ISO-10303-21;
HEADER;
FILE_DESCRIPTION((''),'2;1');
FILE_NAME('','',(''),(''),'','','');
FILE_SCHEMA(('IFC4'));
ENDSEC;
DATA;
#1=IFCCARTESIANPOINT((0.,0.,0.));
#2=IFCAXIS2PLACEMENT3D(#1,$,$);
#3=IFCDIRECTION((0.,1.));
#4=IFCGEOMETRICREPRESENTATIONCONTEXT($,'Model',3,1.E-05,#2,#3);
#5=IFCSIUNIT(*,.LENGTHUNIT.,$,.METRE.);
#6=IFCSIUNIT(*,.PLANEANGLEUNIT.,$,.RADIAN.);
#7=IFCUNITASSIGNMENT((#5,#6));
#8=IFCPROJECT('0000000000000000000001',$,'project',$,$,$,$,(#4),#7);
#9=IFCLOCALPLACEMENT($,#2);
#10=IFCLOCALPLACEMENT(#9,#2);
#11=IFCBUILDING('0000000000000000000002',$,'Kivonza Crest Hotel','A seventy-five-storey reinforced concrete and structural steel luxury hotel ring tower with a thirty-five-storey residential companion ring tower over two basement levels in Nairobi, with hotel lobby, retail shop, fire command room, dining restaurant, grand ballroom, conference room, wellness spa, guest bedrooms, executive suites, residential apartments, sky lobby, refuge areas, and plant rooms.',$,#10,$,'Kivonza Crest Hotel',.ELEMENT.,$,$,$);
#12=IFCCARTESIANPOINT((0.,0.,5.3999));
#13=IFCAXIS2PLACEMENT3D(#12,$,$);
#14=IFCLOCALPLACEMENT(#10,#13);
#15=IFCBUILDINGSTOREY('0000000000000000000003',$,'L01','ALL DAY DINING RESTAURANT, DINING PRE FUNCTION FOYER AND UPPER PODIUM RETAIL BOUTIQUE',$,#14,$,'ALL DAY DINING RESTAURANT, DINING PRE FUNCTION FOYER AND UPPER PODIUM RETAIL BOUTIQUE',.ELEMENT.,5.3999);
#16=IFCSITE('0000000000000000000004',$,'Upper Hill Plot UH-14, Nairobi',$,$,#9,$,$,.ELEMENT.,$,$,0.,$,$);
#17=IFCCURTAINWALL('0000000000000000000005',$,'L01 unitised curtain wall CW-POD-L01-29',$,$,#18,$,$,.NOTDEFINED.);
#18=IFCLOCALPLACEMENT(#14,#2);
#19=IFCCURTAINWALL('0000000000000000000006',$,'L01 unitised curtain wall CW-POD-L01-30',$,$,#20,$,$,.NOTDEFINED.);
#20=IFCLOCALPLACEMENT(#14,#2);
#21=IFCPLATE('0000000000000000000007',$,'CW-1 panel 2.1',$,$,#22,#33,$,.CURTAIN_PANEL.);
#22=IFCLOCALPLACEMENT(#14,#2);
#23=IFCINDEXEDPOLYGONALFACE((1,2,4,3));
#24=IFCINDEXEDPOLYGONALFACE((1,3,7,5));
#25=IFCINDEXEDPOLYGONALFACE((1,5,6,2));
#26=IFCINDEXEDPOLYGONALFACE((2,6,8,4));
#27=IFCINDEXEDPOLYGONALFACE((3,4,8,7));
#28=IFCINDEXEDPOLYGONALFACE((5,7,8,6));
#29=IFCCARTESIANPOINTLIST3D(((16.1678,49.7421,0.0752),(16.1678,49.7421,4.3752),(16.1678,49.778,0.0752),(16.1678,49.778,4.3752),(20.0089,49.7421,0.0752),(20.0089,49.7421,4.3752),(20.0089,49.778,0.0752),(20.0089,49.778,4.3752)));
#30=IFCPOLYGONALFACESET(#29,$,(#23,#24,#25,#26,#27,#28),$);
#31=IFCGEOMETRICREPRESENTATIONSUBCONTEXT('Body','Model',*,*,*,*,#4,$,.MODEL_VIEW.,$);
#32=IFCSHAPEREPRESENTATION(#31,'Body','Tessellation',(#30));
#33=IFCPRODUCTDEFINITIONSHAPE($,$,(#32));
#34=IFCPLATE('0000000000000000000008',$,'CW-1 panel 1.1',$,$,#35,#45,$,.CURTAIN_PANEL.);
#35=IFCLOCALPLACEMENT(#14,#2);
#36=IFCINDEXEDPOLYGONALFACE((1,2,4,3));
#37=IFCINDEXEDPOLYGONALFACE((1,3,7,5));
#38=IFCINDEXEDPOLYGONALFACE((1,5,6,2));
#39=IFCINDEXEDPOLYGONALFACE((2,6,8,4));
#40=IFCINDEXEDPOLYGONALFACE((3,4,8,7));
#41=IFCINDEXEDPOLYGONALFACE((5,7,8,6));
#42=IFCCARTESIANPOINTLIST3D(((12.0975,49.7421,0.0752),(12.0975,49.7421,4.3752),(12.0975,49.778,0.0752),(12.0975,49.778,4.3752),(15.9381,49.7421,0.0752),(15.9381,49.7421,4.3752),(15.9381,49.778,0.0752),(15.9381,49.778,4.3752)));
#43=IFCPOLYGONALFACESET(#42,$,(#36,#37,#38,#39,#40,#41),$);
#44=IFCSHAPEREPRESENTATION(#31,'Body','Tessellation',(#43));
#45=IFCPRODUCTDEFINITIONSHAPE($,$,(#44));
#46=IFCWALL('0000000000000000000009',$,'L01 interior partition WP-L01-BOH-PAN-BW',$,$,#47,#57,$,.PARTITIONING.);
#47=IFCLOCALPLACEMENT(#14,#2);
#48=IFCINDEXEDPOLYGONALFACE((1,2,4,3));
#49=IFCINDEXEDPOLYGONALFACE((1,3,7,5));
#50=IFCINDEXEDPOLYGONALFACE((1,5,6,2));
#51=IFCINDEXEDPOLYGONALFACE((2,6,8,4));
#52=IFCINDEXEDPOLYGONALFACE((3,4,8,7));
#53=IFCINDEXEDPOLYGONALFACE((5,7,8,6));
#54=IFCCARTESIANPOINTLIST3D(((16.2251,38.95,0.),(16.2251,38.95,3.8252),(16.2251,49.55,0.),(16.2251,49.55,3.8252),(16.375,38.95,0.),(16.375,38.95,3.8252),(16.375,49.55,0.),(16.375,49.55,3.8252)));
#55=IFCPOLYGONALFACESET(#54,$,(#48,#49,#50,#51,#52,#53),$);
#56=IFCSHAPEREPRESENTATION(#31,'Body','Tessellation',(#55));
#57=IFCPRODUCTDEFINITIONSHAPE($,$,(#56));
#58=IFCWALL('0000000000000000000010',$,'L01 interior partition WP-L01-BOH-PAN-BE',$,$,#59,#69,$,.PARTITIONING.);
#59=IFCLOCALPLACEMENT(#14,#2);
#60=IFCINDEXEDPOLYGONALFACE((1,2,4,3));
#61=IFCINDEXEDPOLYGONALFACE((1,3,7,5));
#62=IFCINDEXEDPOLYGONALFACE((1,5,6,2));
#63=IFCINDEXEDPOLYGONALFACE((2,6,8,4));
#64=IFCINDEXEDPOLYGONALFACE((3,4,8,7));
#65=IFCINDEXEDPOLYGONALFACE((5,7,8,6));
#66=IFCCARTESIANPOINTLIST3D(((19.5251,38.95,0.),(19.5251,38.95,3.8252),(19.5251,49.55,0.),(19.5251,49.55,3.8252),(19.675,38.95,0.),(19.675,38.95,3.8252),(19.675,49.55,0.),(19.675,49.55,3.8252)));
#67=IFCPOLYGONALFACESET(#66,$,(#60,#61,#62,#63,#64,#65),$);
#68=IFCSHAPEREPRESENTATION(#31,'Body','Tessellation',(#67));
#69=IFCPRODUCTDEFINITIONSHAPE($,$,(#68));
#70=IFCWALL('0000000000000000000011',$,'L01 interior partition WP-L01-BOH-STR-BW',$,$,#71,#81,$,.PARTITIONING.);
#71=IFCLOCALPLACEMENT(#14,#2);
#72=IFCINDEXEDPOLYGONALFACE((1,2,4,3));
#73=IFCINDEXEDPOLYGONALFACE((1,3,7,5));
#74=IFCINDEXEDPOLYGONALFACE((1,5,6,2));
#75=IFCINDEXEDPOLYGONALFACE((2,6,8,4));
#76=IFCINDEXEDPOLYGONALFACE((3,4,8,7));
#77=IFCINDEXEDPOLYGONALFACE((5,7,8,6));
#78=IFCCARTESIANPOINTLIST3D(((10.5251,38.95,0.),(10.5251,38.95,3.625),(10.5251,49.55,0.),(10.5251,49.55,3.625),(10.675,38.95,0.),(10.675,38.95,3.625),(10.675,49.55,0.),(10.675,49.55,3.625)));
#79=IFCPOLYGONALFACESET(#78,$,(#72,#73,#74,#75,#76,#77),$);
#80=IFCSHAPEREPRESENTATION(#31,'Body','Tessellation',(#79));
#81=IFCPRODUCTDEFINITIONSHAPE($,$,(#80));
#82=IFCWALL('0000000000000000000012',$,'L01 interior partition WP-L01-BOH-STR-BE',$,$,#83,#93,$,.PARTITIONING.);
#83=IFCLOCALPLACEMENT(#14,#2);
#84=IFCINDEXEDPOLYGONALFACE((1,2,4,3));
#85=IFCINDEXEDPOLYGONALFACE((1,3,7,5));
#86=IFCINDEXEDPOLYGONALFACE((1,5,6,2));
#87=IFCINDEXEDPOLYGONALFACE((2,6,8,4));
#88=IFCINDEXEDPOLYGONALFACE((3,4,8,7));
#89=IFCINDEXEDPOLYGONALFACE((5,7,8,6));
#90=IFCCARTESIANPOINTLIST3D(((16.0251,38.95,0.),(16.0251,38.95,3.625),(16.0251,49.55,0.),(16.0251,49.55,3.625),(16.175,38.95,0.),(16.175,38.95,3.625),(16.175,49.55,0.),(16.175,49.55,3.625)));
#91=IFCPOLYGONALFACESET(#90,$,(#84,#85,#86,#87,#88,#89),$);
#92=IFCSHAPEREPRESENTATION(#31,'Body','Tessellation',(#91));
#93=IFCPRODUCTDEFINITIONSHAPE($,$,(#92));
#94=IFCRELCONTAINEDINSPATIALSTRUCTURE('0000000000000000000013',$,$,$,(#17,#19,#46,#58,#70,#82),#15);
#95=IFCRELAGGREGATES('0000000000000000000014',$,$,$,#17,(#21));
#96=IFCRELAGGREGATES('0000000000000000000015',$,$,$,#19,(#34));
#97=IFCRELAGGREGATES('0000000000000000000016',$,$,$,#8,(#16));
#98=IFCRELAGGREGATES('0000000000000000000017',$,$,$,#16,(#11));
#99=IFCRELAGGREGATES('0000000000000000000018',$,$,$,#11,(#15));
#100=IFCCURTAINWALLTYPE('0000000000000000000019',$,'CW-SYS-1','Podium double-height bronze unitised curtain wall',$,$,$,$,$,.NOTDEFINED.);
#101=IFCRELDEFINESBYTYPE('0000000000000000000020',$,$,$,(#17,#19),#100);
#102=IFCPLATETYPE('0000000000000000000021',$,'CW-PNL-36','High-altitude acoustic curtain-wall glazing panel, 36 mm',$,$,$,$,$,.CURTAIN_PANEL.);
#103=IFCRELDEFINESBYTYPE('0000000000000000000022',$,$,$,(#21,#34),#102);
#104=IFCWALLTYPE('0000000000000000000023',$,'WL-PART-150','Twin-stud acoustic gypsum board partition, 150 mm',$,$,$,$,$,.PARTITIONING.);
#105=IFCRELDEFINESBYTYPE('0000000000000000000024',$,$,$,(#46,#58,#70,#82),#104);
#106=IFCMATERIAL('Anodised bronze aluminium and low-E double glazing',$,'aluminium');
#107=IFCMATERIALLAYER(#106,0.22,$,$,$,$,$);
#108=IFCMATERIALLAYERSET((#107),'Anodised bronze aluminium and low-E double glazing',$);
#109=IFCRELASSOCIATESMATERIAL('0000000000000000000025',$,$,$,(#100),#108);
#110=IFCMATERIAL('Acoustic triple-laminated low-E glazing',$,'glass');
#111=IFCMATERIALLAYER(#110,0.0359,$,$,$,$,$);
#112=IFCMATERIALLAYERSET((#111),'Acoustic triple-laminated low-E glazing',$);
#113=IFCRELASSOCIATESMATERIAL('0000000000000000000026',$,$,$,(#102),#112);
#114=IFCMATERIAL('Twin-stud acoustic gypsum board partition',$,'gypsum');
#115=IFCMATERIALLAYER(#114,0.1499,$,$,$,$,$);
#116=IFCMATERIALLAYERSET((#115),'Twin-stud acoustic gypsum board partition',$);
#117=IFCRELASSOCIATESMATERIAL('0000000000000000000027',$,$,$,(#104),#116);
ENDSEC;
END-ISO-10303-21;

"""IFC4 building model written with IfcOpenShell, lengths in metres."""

from ifc_helpers import new_model, si_unit, direction, frame, frame_2d, origin, origin_2d, place, context, subcontext, project, spatial, rectangle, extrude, material, layer, layer_set, type_object, element, aggregate, save


model = new_model("IFC4")

# Units and contexts
model_context = context("Model", 3, precision=1e-05, world=origin(), true_north=direction((0.0, 1.0)))
body_context = subcontext(model_context, "Body", "Model", "MODEL_VIEW")
ifc_project = project(units=[si_unit("LENGTHUNIT", "METRE"), si_unit("PLANEANGLEUNIT", "RADIAN")], contexts=[model_context])

# Site, building, storey
site_placement = place(None, origin())
site = spatial("IfcSite", under=ifc_project, at=site_placement, Name="Upper Hill Plot UH-14, Nairobi", CompositionType="ELEMENT", RefElevation=0.0)
building_placement = place(site_placement, origin())
building = spatial("IfcBuilding", under=site, at=building_placement, Name="Kivonza Crest Hotel", Description="A seventy-five-storey reinforced concrete and structural steel luxury hotel ring tower with a thirty-five-storey residential companion ring tower over two basement levels in Nairobi, with hotel lobby, retail shop, fire command room, dining restaurant, grand ballroom, conference room, wellness spa, guest bedrooms, executive suites, residential apartments, sky lobby, refuge areas, and plant rooms.", LongName="Kivonza Crest Hotel", CompositionType="ELEMENT")
storey_placement = place(building_placement, frame((0.0, 0.0, 5.3999)))
storey = spatial("IfcBuildingStorey", under=building, at=storey_placement, Name="L01", Description="ALL DAY DINING RESTAURANT, DINING PRE FUNCTION FOYER AND UPPER PODIUM RETAIL BOUTIQUE", LongName="ALL DAY DINING RESTAURANT, DINING PRE FUNCTION FOYER AND UPPER PODIUM RETAIL BOUTIQUE", CompositionType="ELEMENT", Elevation=5.3999)

# Curtain wall
ifc_material_1 = material(Name="Anodised bronze aluminium and low-E double glazing", Category="aluminium")
ifc_layer_1 = layer(ifc_material_1, 0.22)
ifc_layer_set_1 = layer_set([ifc_layer_1], Name="Anodised bronze aluminium and low-E double glazing")
curtain_wall_type = type_object("IfcCurtainWallType", Name="CW-SYS-1", Description="Podium double-height bronze unitised curtain wall", PredefinedType="NOTDEFINED", material=ifc_layer_set_1)
curtain_wall_1_placement = place(storey_placement, origin())
curtain_wall_1 = element("IfcCurtainWall", 1, at=curtain_wall_1_placement, inside=storey, type_object=curtain_wall_type, Name="L01 unitised curtain wall CW-POD-L01-29", PredefinedType="NOTDEFINED")

# Curtain wall
curtain_wall_2_placement = place(storey_placement, origin())
curtain_wall_2 = element("IfcCurtainWall", 2, at=curtain_wall_2_placement, inside=storey, type_object=curtain_wall_type, Name="L01 unitised curtain wall CW-POD-L01-30", PredefinedType="NOTDEFINED")

# Plates
ifc_material_2 = material(Name="Acoustic triple-laminated low-E glazing", Category="glass")
ifc_layer_2 = layer(ifc_material_2, 0.0359)
ifc_layer_set_2 = layer_set([ifc_layer_2], Name="Acoustic triple-laminated low-E glazing")
plate_type = type_object("IfcPlateType", Name="CW-PNL-36", Description="High-altitude acoustic curtain-wall glazing panel, 36 mm", PredefinedType="CURTAIN_PANEL", material=ifc_layer_set_2)
plate_1_placement = place(storey_placement, frame((18.0884, 49.76, 0.0752), z_axis=(0.0, 0.0, 1.0), x_axis=(-1.0, 0.0, 0.0)))
plate_1 = element("IfcPlate", 3, at=plate_1_placement, type_object=plate_type, Name="CW-1 panel 2.1", PredefinedType="CURTAIN_PANEL", context=body_context, shape_type="SweptSolid", body=[
    extrude(rectangle(XDim=3.8411, YDim=0.0359, at=origin_2d()), origin(), (0.0, 0.0, 1.0), 4.3),
])
aggregate(curtain_wall_1, [plate_1])
plate_2_placement = place(storey_placement, frame((14.0178, 49.76, 0.0752), z_axis=(0.0, 0.0, 1.0), x_axis=(-1.0, 0.0, 0.0)))
plate_2 = element("IfcPlate", 4, at=plate_2_placement, type_object=plate_type, Name="CW-1 panel 1.1", PredefinedType="CURTAIN_PANEL", context=body_context, shape_type="SweptSolid", body=[
    extrude(rectangle(XDim=3.8406, YDim=0.0359, at=origin_2d()), origin(), (0.0, 0.0, 1.0), 4.3),
])
aggregate(curtain_wall_2, [plate_2])

# Walls
ifc_material_3 = material(Name="Twin-stud acoustic gypsum board partition", Category="gypsum")
ifc_layer_3 = layer(ifc_material_3, 0.1499)
ifc_layer_set_3 = layer_set([ifc_layer_3], Name="Twin-stud acoustic gypsum board partition")
wall_type = type_object("IfcWallType", Name="WL-PART-150", Description="Twin-stud acoustic gypsum board partition, 150 mm", PredefinedType="PARTITIONING", material=ifc_layer_set_3)
for number, where, z_axis, x_axis, name in (
    (5, (16.3, 38.95, 0.0), (0.0, 0.0, 1.0), (0.0, 1.0, 0.0), "L01 interior partition WP-L01-BOH-PAN-BW"),
    (6, (19.6001, 38.95, 0.0), (0.0, 0.0, 1.0), (0.0, 1.0, 0.0), "L01 interior partition WP-L01-BOH-PAN-BE"),
):
    element("IfcWall", number, at=place(storey_placement, frame(where, z_axis=z_axis, x_axis=x_axis)), inside=storey, type_object=wall_type, Name=name, PredefinedType="PARTITIONING", context=body_context, shape_type="SweptSolid", body=[
        extrude(rectangle(XDim=10.6001, YDim=0.1499, at=frame_2d((5.3, 0.0))), origin(), (0.0, 0.0, 1.0), 3.8252),
    ])
for number, where, z_axis, x_axis, name in (
    (7, (10.6001, 38.95, 0.0), (0.0, 0.0, 1.0), (0.0, 1.0, 0.0), "L01 interior partition WP-L01-BOH-STR-BW"),
    (8, (16.1001, 38.95, 0.0), (0.0, 0.0, 1.0), (0.0, 1.0, 0.0), "L01 interior partition WP-L01-BOH-STR-BE"),
):
    element("IfcWall", number, at=place(storey_placement, frame(where, z_axis=z_axis, x_axis=x_axis)), inside=storey, type_object=wall_type, Name=name, PredefinedType="PARTITIONING", context=body_context, shape_type="SweptSolid", body=[
        extrude(rectangle(XDim=10.6001, YDim=0.1499, at=frame_2d((5.3, 0.0))), origin(), (0.0, 0.0, 1.0), 3.625),
    ])

save(model, "model.ifc")
